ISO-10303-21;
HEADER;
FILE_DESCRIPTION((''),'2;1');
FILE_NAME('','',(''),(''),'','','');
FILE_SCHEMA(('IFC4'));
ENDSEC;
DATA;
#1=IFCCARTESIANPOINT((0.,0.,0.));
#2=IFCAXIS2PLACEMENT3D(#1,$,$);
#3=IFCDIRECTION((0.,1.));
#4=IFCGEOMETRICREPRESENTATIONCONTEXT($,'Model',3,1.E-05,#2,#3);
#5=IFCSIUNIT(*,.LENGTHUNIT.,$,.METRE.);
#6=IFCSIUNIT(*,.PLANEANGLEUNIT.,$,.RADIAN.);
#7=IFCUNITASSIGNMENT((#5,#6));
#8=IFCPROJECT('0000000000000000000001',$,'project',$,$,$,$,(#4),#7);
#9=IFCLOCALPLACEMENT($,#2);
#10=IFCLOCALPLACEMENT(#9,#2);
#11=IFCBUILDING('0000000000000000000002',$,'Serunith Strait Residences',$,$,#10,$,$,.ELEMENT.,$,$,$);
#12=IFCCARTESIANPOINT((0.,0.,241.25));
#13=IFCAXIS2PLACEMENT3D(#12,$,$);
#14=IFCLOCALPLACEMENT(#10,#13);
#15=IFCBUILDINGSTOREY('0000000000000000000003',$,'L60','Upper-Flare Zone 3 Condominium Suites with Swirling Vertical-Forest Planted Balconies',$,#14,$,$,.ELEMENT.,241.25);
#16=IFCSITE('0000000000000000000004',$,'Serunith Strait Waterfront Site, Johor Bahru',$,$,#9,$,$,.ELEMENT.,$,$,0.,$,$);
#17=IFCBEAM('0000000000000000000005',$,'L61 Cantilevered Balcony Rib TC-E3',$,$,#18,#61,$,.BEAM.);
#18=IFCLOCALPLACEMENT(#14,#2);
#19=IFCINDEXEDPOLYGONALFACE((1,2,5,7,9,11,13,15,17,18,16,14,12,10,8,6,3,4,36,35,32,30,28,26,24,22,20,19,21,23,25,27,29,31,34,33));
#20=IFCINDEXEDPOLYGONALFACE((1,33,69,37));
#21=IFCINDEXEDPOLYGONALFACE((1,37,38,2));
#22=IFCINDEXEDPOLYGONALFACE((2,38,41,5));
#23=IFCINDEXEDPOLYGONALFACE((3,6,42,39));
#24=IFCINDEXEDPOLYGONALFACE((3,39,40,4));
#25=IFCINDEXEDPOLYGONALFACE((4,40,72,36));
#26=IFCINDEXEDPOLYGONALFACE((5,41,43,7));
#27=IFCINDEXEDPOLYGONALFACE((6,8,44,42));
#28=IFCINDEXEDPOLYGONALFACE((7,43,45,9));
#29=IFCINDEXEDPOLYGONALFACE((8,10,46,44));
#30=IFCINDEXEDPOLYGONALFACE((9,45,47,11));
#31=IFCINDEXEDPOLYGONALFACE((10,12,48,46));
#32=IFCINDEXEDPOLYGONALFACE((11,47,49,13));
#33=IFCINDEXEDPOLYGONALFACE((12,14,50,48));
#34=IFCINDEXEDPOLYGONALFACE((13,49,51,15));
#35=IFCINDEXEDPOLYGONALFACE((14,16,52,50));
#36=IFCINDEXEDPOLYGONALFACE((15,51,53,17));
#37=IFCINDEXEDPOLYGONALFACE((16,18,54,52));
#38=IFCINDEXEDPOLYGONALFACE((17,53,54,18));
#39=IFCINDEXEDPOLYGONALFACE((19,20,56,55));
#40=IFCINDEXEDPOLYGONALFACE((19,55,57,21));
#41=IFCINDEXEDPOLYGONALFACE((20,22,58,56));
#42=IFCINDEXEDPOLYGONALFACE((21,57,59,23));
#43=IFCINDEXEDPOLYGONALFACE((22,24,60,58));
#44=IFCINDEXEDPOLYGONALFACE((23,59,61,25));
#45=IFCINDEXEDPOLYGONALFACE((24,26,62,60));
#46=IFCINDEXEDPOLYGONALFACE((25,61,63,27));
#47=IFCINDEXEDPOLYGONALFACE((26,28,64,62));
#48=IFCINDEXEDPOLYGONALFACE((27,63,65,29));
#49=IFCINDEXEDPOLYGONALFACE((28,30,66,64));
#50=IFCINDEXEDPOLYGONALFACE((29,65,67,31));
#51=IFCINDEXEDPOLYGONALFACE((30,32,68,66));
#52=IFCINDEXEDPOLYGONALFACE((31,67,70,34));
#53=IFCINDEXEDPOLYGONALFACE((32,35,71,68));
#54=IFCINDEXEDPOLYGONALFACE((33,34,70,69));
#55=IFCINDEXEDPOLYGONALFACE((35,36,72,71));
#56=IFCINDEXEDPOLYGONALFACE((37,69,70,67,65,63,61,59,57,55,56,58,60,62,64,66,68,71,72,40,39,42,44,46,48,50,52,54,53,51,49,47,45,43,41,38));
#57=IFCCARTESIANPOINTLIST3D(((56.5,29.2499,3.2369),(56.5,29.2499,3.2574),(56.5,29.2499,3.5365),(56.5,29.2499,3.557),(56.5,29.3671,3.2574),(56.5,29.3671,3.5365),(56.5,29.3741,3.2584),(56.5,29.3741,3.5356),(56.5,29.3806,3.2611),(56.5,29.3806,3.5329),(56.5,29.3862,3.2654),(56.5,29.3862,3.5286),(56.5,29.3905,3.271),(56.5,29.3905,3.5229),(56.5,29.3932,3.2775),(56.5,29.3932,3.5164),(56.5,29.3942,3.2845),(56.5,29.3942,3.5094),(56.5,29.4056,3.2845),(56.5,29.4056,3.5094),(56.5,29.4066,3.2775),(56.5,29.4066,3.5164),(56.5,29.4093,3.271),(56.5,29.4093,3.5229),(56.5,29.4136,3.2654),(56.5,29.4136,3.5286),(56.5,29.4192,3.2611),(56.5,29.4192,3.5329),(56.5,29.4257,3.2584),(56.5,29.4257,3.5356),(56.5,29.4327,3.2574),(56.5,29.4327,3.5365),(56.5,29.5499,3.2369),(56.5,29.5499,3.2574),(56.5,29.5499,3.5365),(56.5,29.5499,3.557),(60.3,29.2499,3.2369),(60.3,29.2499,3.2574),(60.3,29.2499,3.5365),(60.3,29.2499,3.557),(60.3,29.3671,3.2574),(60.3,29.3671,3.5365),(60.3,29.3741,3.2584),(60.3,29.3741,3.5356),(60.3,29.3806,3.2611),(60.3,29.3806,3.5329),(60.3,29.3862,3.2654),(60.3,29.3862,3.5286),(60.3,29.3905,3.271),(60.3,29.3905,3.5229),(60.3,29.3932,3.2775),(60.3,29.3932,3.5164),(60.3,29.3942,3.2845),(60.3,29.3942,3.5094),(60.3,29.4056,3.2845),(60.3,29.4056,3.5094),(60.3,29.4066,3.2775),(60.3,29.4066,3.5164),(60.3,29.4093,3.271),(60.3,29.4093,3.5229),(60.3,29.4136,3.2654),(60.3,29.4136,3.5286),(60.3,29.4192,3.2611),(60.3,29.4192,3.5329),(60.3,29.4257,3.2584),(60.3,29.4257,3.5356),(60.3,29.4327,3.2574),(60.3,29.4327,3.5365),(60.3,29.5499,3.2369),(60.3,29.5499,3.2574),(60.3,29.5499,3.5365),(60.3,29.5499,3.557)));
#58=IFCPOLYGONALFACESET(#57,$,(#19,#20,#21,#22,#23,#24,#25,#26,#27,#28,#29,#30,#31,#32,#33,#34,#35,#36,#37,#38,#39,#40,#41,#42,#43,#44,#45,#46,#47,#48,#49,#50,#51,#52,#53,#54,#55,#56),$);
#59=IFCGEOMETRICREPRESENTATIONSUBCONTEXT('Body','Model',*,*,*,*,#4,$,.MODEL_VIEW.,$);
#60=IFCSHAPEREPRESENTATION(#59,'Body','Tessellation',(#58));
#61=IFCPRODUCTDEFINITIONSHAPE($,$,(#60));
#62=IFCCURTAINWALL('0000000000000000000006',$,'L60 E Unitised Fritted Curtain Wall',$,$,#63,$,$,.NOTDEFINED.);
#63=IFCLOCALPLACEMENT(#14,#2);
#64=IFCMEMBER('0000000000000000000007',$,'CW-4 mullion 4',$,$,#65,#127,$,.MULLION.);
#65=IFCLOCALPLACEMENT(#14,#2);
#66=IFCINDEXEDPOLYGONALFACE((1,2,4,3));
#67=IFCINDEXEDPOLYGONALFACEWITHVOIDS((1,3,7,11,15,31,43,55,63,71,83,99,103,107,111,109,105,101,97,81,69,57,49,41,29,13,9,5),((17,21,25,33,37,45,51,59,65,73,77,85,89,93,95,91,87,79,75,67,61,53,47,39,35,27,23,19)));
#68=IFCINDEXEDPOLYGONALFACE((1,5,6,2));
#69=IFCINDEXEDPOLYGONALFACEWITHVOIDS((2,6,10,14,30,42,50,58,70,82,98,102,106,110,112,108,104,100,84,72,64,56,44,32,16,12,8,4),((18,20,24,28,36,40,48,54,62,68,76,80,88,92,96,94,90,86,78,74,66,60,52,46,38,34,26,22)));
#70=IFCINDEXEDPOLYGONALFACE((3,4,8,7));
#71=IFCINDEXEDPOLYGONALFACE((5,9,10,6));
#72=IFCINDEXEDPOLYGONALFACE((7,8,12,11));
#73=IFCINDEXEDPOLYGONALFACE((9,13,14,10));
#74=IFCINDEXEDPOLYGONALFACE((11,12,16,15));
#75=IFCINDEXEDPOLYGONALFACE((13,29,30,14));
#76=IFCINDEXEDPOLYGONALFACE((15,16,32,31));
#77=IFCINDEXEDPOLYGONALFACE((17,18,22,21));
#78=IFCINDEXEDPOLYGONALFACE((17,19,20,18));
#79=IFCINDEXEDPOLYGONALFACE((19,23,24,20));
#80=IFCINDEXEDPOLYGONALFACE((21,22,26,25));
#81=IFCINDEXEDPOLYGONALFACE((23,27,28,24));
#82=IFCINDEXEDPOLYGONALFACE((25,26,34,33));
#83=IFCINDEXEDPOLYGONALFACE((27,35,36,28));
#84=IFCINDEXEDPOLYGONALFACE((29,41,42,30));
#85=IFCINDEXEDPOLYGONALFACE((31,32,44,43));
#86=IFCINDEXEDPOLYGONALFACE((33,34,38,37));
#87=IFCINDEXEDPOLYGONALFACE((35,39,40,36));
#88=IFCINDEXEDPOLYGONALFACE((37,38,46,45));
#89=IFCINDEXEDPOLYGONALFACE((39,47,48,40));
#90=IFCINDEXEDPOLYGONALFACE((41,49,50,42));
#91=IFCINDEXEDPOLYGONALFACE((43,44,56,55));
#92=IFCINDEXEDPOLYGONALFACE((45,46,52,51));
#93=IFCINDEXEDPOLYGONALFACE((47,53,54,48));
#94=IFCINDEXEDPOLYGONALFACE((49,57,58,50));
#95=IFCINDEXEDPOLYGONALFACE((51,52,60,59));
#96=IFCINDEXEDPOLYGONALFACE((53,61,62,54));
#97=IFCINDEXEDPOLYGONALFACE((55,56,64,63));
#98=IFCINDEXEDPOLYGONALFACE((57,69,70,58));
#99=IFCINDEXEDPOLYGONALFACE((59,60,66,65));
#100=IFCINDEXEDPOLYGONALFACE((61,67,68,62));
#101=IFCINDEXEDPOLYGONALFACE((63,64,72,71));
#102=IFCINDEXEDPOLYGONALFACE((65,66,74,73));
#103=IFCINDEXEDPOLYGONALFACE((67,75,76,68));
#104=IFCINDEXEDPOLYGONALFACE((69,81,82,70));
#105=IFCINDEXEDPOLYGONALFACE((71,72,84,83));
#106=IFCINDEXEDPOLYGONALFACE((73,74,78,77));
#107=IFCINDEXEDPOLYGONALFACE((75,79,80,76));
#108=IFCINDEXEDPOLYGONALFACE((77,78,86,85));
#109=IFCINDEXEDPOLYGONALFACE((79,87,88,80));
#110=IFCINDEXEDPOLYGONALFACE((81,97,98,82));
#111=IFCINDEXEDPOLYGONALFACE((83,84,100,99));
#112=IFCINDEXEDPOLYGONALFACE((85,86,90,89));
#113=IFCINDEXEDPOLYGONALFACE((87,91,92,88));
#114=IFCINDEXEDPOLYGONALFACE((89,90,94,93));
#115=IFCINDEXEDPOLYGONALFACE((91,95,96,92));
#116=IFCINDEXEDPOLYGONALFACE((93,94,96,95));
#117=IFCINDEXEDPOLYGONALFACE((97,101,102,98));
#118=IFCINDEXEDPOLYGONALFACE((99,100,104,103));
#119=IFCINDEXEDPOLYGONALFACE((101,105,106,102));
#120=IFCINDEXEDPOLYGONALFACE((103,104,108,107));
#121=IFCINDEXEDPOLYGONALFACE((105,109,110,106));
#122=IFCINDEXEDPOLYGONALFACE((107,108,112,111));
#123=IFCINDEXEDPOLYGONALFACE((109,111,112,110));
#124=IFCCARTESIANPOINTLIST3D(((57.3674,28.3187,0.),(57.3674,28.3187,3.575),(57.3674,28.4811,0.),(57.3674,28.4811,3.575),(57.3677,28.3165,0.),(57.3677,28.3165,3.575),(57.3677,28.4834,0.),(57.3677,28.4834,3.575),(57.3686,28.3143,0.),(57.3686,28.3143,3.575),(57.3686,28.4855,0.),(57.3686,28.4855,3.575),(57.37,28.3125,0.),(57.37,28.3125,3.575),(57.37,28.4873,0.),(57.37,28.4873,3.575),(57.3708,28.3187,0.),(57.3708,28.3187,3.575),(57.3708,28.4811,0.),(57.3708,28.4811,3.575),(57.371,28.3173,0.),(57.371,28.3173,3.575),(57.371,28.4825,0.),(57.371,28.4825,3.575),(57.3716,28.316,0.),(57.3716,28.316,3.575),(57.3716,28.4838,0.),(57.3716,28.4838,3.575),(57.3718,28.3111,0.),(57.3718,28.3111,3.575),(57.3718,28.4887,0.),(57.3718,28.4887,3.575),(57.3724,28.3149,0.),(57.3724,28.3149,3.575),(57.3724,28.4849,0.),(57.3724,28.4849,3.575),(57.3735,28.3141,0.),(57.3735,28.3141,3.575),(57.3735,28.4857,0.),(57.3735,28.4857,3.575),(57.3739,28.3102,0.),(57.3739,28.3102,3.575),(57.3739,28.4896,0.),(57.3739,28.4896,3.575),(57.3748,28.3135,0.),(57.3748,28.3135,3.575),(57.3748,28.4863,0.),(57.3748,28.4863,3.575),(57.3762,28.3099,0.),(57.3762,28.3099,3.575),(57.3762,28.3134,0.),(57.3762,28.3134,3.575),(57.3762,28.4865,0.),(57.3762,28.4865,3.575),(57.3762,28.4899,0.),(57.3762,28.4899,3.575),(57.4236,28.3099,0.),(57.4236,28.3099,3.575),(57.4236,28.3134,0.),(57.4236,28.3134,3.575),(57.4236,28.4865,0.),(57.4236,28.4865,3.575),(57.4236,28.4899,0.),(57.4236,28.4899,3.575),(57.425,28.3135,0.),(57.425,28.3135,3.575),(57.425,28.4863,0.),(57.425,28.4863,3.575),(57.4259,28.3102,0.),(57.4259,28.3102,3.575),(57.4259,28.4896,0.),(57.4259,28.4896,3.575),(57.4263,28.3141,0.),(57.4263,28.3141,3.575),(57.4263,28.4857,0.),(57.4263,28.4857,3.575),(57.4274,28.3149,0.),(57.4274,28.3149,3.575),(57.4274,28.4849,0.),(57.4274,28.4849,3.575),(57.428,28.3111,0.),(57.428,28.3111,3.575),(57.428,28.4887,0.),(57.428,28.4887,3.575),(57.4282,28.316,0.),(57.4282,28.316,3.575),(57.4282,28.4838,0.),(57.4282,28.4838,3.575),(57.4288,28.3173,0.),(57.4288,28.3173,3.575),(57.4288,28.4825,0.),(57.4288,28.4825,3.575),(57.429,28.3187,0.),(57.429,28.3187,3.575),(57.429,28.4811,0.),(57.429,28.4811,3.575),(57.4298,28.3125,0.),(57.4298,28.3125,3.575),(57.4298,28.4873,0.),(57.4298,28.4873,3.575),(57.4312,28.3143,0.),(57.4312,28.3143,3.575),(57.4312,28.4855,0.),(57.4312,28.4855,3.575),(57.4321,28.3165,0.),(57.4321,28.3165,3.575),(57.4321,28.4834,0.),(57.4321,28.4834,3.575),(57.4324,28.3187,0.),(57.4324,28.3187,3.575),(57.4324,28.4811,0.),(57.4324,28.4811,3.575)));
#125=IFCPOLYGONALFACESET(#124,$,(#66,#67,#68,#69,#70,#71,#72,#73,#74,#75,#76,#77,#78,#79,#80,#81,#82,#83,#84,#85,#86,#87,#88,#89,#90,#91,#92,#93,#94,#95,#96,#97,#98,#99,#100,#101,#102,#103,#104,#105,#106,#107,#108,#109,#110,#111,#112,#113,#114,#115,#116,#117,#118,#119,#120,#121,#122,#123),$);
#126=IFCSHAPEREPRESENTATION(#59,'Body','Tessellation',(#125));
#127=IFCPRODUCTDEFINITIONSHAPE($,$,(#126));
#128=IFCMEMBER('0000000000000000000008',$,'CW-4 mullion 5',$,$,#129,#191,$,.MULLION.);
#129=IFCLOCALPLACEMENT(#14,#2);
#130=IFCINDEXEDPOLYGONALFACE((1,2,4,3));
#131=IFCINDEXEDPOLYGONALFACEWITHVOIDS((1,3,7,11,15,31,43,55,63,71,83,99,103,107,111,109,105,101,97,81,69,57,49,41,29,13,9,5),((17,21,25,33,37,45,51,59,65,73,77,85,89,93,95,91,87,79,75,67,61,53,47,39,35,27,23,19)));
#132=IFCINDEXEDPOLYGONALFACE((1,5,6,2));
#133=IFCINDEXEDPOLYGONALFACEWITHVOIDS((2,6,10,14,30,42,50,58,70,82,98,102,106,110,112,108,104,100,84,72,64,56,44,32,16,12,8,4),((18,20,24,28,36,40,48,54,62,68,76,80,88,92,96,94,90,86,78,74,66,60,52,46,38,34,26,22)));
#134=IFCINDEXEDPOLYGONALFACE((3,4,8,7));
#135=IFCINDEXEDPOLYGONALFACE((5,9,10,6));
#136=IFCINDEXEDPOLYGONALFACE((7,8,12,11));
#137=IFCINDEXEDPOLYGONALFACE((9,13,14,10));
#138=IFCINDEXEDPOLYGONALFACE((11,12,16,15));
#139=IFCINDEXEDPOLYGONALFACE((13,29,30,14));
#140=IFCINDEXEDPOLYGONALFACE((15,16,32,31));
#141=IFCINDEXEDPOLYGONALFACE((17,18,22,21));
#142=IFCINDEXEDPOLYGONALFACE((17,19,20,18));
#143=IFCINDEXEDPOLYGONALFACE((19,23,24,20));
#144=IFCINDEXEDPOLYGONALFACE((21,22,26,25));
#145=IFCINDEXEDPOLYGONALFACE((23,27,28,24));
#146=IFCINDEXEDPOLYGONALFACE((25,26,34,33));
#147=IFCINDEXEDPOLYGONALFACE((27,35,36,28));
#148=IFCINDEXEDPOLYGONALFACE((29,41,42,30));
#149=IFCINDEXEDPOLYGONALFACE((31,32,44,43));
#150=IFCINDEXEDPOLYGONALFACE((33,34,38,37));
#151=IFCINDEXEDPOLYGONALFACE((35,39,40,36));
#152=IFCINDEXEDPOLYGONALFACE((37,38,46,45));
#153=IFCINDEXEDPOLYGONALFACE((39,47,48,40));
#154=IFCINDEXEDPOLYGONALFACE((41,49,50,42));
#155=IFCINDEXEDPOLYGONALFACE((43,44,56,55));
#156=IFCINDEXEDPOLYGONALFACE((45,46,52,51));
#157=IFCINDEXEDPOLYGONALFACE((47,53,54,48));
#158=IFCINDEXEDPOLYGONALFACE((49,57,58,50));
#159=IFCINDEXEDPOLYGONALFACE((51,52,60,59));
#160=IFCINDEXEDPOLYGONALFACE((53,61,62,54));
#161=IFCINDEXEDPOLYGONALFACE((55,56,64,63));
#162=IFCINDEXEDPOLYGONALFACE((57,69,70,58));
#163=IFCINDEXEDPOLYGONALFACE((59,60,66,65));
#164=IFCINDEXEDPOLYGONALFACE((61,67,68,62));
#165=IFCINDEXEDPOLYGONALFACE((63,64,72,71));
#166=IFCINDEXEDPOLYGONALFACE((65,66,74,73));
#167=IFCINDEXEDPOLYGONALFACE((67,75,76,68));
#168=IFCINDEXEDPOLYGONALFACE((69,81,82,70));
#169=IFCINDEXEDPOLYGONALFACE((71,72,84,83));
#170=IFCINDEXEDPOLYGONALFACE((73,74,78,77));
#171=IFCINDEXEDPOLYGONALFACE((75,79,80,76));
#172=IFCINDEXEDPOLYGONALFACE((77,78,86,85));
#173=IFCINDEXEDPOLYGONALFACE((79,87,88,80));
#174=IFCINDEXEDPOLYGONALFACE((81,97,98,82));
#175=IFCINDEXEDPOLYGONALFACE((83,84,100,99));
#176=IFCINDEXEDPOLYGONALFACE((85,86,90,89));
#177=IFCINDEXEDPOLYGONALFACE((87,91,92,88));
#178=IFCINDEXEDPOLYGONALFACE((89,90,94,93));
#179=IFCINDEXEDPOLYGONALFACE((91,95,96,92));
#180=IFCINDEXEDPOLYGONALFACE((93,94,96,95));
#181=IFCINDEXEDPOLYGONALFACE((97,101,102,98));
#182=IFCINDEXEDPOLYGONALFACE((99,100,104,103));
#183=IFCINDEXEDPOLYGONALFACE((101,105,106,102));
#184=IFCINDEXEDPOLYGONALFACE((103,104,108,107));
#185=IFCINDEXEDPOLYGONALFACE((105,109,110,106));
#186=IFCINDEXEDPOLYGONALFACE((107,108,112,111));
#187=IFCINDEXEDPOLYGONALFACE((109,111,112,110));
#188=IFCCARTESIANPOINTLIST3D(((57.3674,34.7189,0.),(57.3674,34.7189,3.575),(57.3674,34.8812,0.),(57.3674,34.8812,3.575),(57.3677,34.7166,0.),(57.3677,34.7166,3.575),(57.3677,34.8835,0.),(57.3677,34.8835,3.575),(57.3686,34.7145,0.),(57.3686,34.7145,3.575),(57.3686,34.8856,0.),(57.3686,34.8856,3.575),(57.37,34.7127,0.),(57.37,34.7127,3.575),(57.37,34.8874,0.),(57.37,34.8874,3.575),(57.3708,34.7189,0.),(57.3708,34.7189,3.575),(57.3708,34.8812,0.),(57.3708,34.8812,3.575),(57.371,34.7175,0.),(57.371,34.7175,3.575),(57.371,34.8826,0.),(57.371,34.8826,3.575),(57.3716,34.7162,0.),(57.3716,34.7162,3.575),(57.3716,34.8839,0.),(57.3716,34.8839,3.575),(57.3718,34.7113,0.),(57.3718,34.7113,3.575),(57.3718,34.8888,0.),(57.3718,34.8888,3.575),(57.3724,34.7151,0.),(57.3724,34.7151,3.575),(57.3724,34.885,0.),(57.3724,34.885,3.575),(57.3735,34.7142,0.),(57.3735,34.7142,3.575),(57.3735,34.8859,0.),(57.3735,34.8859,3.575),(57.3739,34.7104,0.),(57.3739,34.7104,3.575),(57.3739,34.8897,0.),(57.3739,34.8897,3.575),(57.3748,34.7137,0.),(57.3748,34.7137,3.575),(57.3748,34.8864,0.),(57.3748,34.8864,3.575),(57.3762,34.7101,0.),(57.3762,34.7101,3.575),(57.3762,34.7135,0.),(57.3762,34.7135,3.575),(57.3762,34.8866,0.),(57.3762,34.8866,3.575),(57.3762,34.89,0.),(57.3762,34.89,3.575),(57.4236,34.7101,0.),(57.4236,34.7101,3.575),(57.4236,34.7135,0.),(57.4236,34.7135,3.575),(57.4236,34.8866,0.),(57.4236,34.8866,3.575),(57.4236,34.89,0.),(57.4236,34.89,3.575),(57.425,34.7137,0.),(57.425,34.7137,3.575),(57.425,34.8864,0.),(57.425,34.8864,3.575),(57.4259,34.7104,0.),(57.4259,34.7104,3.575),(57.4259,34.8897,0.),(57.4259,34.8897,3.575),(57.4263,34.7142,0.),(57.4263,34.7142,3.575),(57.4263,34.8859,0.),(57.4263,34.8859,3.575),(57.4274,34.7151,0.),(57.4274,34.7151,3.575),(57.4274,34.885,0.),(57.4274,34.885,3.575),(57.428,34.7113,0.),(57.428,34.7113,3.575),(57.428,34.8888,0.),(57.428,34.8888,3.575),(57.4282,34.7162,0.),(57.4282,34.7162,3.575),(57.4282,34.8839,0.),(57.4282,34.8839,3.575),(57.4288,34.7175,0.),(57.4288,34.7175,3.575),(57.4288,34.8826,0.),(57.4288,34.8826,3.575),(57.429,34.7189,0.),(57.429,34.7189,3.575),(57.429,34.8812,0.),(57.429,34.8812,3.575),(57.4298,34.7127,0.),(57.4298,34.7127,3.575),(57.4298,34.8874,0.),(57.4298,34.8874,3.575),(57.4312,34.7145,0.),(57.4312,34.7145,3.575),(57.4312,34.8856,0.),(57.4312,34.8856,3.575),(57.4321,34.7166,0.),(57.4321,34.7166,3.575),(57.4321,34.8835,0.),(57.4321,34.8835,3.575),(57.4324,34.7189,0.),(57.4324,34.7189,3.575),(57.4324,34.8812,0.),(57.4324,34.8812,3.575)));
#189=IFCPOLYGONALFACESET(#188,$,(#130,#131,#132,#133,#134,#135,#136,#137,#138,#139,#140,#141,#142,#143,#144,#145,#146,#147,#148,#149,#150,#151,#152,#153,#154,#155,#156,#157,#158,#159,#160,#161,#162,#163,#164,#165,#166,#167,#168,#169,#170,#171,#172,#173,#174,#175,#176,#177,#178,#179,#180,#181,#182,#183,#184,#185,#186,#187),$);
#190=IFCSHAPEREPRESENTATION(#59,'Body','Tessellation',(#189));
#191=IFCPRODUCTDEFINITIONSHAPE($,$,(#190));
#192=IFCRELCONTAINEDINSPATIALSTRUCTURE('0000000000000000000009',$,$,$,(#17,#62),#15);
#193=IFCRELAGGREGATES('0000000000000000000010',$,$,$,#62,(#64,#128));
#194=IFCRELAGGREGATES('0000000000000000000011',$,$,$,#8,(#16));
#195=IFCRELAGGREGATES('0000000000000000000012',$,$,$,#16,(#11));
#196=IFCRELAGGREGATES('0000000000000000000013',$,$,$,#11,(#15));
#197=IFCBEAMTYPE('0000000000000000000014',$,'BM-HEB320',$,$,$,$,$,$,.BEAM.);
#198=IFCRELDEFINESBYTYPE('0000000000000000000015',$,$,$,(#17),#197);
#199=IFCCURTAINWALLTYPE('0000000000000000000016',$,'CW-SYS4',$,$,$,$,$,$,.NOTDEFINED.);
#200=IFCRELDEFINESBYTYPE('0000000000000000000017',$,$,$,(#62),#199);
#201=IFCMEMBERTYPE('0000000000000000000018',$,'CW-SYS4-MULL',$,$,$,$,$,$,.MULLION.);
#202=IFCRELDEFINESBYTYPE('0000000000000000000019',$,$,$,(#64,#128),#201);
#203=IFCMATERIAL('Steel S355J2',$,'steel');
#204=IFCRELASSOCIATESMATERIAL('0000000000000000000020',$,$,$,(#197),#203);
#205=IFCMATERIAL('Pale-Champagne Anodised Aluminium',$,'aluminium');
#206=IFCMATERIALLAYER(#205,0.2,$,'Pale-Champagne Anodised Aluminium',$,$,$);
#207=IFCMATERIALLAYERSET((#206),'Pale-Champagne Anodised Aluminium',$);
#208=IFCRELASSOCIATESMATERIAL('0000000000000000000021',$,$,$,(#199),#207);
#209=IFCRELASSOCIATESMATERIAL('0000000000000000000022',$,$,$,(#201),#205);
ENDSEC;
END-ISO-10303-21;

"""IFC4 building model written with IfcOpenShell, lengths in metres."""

from ifc_helpers import new_model, si_unit, direction, frame, origin, origin_2d, place, context, subcontext, project, spatial, hollow_rectangle, i_section, extrude, source, transform, mapped, material, layer, layer_set, material_profile, profile_set, type_object, element, aggregate, save


model = new_model("IFC4")

# Units and contexts
model_context = context("Model", 3, precision=1e-05, world=origin(), true_north=direction((0.0, 1.0)))
body_context = subcontext(model_context, "Body", "Model", "MODEL_VIEW")
ifc_project = project(units=[si_unit("LENGTHUNIT", "METRE"), si_unit("PLANEANGLEUNIT", "RADIAN")], contexts=[model_context])

# Site, building, storey
site_placement = place(None, origin())
site = spatial("IfcSite", under=ifc_project, at=site_placement, Name="Serunith Strait Waterfront Site, Johor Bahru", CompositionType="ELEMENT", RefElevation=0.0)
building_placement = place(site_placement, origin())
building = spatial("IfcBuilding", under=site, at=building_placement, Name="Serunith Strait Residences", CompositionType="ELEMENT")
storey_placement = place(building_placement, frame((0.0, 0.0, 241.25)))
storey = spatial("IfcBuildingStorey", under=building, at=storey_placement, Name="L60", Description="Upper-Flare Zone 3 Condominium Suites with Swirling Vertical-Forest Planted Balconies", CompositionType="ELEMENT", Elevation=241.25)

# Beam
ifc_material_1 = material(Name="Steel S355J2", Category="steel")
ifc_material_profile_1 = material_profile(ifc_material_1, i_section(OverallWidth=0.3, OverallDepth=0.3201, WebThickness=0.0115, FlangeThickness=0.0205, FilletRadius=0.0271, at=origin_2d()), Name="HEB 320")
ifc_profile_set_1 = profile_set([ifc_material_profile_1], Name="Steel S355J2")
beam_type_1 = type_object("IfcBeamType", Name="BM-HEB320", PredefinedType="BEAM", material=ifc_profile_set_1)
shared_shape_1 = source(origin(), body_context, "Body", "SweptSolid", [
    extrude(i_section(OverallWidth=0.3, OverallDepth=0.3201, WebThickness=0.0115, FlangeThickness=0.0205, FilletRadius=0.0271, at=origin_2d()), origin(), (0.0, 0.0, 1.0), 3.8),
])
beam_1_placement = place(storey_placement, frame((56.5, 29.3999, 3.397), z_axis=(1.0, 0.0, 0.0), x_axis=(0.0, 1.0, 0.0)))
element("IfcBeam", 1, at=beam_1_placement, inside=storey, type_object=beam_type_1, Name="L61 Cantilevered Balcony Rib TC-E3", PredefinedType="BEAM", context=body_context, shape_type="MappedRepresentation", body=[
    mapped(shared_shape_1, transform((0.0, 0.0, 0.0), scale=1.0)),
])

# Curtain wall, members
ifc_material_2 = material(Name="Pale-Champagne Anodised Aluminium", Category="aluminium")
ifc_layer_1 = layer(ifc_material_2, 0.2, Name="Pale-Champagne Anodised Aluminium")
ifc_layer_set_1 = layer_set([ifc_layer_1], Name="Pale-Champagne Anodised Aluminium")
curtain_wall_type = type_object("IfcCurtainWallType", Name="CW-SYS4", PredefinedType="NOTDEFINED", material=ifc_layer_set_1)
curtain_wall_placement = place(storey_placement, origin())
curtain_wall = element("IfcCurtainWall", 2, at=curtain_wall_placement, inside=storey, type_object=curtain_wall_type, Name="L60 E Unitised Fritted Curtain Wall", PredefinedType="NOTDEFINED")
ifc_material_profile_2 = material_profile(ifc_material_2, hollow_rectangle(XDim=0.0649, YDim=0.1799, WallThickness=0.0034, InnerFilletRadius=0.0054, OuterFilletRadius=0.0088, at=origin_2d()), Name="ALU 180x65x3.5")
ifc_profile_set_2 = profile_set([ifc_material_profile_2], Name="Pale-Champagne Anodised Aluminium")
member_type_1 = type_object("IfcMemberType", Name="CW-SYS4-MULL", PredefinedType="MULLION", material=ifc_profile_set_2)
shared_shape_2 = source(origin(), body_context, "Body", "SweptSolid", [
    extrude(hollow_rectangle(XDim=0.0649, YDim=0.1799, WallThickness=0.0034, InnerFilletRadius=0.0054, OuterFilletRadius=0.0088, at=origin_2d()), origin(), (0.0, 0.0, 1.0), 3.575),
])
member_1_placement = place(storey_placement, frame((57.3999, 28.3999, 0.0), z_axis=(0.0, 0.0, 1.0), x_axis=(-1.0, 0.0, 0.0)))
member_1 = element("IfcMember", 3, at=member_1_placement, type_object=member_type_1, Name="CW-4 mullion 4", PredefinedType="MULLION", context=body_context, shape_type="MappedRepresentation", body=[
    mapped(shared_shape_2, transform((0.0, 0.0, 0.0), scale=1.0)),
])
member_2_placement = place(storey_placement, frame((57.3999, 34.8, 0.0), z_axis=(0.0, 0.0, 1.0), x_axis=(-1.0, 0.0, 0.0)))
member_2 = element("IfcMember", 4, at=member_2_placement, type_object=member_type_1, Name="CW-4 mullion 5", PredefinedType="MULLION", context=body_context, shape_type="MappedRepresentation", body=[
    mapped(shared_shape_2, transform((0.0, 0.0, 0.0), scale=1.0)),
])
aggregate(curtain_wall, [member_1, member_2])

save(model, "model.ifc")
